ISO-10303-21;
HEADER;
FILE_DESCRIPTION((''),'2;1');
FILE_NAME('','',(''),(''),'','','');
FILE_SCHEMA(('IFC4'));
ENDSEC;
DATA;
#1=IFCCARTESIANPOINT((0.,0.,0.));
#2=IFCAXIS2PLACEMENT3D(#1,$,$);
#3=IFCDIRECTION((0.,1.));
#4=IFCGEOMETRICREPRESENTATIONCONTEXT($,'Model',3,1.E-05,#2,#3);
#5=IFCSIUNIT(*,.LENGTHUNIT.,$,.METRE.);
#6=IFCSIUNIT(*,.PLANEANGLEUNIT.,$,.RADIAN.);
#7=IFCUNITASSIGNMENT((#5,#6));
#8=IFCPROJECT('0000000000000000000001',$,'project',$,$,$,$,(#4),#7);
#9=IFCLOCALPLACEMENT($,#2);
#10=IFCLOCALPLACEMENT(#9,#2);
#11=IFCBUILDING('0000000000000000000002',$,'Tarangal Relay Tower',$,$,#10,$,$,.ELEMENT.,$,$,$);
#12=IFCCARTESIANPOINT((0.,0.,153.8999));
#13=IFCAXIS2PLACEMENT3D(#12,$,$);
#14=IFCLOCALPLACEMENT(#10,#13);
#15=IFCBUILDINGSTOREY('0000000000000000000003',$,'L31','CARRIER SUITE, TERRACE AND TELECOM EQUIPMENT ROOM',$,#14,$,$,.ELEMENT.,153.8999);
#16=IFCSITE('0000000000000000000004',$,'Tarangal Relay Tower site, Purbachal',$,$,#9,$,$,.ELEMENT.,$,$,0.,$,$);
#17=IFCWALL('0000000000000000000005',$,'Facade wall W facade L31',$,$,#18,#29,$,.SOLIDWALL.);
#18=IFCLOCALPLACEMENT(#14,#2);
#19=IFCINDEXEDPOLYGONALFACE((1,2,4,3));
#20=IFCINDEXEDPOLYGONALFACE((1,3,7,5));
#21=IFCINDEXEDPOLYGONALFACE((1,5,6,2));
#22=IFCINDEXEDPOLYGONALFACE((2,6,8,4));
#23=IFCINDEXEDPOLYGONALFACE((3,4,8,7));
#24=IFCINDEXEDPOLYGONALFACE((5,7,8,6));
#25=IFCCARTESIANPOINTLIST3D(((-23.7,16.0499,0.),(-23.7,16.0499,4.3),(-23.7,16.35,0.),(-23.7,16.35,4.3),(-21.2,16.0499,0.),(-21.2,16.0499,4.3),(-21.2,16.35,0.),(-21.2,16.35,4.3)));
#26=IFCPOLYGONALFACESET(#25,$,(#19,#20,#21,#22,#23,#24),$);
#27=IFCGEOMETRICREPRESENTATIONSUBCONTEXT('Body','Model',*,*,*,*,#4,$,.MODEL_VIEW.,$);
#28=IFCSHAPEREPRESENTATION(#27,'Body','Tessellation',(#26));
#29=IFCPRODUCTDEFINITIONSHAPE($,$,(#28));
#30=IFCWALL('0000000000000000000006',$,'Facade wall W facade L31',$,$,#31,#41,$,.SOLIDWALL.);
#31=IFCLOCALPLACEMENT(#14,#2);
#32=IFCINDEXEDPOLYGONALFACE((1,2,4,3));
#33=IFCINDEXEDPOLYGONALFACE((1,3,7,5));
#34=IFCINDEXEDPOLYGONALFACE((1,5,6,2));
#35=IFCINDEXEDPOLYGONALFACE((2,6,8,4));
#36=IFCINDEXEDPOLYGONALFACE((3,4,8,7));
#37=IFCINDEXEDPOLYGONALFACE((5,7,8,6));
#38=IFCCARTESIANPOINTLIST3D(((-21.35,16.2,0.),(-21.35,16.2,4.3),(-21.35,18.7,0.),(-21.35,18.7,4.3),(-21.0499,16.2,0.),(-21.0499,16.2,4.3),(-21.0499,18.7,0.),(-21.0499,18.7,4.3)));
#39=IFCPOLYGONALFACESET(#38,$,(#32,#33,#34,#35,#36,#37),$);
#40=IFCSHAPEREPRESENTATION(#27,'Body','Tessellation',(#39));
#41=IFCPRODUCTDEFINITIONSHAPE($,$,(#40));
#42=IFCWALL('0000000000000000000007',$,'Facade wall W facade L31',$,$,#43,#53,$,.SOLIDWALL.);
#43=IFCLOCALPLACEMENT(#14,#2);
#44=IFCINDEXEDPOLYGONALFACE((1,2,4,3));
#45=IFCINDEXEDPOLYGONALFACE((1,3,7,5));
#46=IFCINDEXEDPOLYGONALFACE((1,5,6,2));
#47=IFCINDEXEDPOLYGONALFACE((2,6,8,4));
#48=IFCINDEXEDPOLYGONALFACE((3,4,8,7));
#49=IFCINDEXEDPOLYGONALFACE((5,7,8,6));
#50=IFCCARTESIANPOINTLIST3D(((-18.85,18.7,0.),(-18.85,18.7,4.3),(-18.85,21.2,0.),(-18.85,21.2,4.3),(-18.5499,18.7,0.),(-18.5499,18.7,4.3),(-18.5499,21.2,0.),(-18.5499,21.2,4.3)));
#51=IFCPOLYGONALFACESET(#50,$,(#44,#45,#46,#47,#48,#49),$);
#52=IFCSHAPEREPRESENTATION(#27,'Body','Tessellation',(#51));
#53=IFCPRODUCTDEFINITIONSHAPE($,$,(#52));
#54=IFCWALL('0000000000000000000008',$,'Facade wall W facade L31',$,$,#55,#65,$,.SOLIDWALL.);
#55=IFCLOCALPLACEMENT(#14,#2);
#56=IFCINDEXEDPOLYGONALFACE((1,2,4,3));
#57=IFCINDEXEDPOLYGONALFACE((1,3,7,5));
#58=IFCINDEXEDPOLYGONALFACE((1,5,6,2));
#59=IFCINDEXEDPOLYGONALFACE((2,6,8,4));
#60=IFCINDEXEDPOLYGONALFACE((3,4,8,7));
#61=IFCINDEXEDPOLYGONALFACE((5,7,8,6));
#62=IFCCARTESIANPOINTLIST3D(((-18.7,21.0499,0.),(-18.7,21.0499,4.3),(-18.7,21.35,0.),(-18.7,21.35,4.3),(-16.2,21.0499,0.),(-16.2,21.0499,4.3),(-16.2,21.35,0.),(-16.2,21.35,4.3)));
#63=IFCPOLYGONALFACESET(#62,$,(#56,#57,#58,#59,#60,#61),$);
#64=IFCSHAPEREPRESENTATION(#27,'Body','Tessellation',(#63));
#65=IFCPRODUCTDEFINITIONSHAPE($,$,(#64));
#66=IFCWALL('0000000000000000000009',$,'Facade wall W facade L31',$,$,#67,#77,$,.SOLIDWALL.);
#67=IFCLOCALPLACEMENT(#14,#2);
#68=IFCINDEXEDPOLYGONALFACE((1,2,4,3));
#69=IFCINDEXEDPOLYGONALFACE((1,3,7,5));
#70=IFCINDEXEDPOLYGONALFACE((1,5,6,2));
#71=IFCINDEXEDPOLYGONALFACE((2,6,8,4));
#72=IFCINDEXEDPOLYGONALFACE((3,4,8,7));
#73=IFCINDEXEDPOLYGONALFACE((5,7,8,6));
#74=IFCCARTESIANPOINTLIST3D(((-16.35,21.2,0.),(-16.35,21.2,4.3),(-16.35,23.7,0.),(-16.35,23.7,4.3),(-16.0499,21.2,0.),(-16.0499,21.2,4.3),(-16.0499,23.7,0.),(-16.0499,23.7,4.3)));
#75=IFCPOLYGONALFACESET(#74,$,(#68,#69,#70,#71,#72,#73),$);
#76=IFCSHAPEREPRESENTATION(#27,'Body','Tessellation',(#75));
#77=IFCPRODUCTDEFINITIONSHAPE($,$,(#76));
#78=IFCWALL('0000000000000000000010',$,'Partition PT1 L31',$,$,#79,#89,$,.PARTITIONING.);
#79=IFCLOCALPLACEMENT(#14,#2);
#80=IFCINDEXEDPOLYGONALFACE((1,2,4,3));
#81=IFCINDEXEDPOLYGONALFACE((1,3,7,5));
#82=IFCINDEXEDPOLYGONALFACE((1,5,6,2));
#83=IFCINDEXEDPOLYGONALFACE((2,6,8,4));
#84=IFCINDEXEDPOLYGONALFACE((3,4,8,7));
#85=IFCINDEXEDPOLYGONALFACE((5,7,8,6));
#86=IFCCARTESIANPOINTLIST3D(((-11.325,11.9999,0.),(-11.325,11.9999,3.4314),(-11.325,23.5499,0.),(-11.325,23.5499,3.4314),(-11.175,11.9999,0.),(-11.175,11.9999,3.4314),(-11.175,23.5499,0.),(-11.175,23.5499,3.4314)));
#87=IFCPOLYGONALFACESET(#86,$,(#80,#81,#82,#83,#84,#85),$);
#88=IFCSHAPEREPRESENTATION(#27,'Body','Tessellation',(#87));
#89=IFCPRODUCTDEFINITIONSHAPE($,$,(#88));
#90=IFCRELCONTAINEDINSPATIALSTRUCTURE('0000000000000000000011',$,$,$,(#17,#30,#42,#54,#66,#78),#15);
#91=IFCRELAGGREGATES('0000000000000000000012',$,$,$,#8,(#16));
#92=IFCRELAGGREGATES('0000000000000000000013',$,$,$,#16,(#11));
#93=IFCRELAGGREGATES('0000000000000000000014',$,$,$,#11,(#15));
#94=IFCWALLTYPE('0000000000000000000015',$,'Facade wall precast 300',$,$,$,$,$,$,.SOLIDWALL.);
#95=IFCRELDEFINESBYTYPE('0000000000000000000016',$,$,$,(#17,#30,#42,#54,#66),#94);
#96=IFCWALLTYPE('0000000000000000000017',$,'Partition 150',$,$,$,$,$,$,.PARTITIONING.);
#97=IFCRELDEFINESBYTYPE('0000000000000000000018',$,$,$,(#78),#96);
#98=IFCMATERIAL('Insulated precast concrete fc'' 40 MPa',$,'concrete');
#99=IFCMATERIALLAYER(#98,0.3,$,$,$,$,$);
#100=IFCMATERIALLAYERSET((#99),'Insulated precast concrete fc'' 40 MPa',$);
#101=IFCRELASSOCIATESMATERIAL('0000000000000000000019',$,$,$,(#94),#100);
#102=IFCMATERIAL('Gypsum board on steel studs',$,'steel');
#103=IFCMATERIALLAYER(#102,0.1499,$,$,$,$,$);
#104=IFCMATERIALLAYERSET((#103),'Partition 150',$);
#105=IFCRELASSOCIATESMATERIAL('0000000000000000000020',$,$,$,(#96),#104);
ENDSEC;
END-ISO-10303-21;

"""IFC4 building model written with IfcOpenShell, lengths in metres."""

from ifc_helpers import new_model, si_unit, direction, frame, frame_2d, origin, place, context, subcontext, project, spatial, rectangle, extrude, material, layer, layer_set, type_object, element, save


model = new_model("IFC4")

# Units and contexts
model_context = context("Model", 3, precision=1e-05, world=origin(), true_north=direction((0.0, 1.0)))
body_context = subcontext(model_context, "Body", "Model", "MODEL_VIEW")
ifc_project = project(units=[si_unit("LENGTHUNIT", "METRE"), si_unit("PLANEANGLEUNIT", "RADIAN")], contexts=[model_context])

# Site, building, storey
site_placement = place(None, origin())
site = spatial("IfcSite", under=ifc_project, at=site_placement, Name="Tarangal Relay Tower site, Purbachal", CompositionType="ELEMENT", RefElevation=0.0)
building_placement = place(site_placement, origin())
building = spatial("IfcBuilding", under=site, at=building_placement, Name="Tarangal Relay Tower", CompositionType="ELEMENT")
storey_placement = place(building_placement, frame((0.0, 0.0, 153.8999)))
storey = spatial("IfcBuildingStorey", under=building, at=storey_placement, Name="L31", Description="CARRIER SUITE, TERRACE AND TELECOM EQUIPMENT ROOM", CompositionType="ELEMENT", Elevation=153.8999)

# Shared definitions
ifc_material_1 = material(Name="Insulated precast concrete fc' 40 MPa", Category="concrete")
ifc_layer_1 = layer(ifc_material_1, 0.3)
ifc_layer_set_1 = layer_set([ifc_layer_1], Name="Insulated precast concrete fc' 40 MPa")
wall_type_1 = type_object("IfcWallType", Name="Facade wall precast 300", PredefinedType="SOLIDWALL", material=ifc_layer_set_1)

# Walls
for number, where, z_axis, x_axis, name in (
    (1, (-23.7, 16.2, 0.0), (0.0, 0.0, 1.0), (1.0, 0.0, 0.0), "Facade wall W facade L31"),
    (2, (-21.2, 16.2, 0.0), (0.0, 0.0, 1.0), (0.0, 1.0, 0.0), "Facade wall W facade L31"),
):
    element("IfcWall", number, at=place(storey_placement, frame(where, z_axis=z_axis, x_axis=x_axis)), inside=storey, type_object=wall_type_1, Name=name, PredefinedType="SOLIDWALL", context=body_context, shape_type="SweptSolid", body=[
        extrude(rectangle(XDim=2.5, YDim=0.3, at=frame_2d((1.25, 0.0))), origin(), (0.0, 0.0, 1.0), 4.3),
    ])

# Walls
for number, where, z_axis, x_axis, name in (
    (3, (-18.7, 18.7, 0.0), (0.0, 0.0, 1.0), (0.0, 1.0, 0.0), "Facade wall W facade L31"),
    (4, (-18.7, 21.2, 0.0), (0.0, 0.0, 1.0), (1.0, 0.0, 0.0), "Facade wall W facade L31"),
    (5, (-16.2, 21.2, 0.0), (0.0, 0.0, 1.0), (0.0, 1.0, 0.0), "Facade wall W facade L31"),
):
    element("IfcWall", number, at=place(storey_placement, frame(where, z_axis=z_axis, x_axis=x_axis)), inside=storey, type_object=wall_type_1, Name=name, PredefinedType="SOLIDWALL", context=body_context, shape_type="SweptSolid", body=[
        extrude(rectangle(XDim=2.5, YDim=0.3, at=frame_2d((1.25, 0.0))), origin(), (0.0, 0.0, 1.0), 4.3),
    ])
ifc_material_2 = material(Name="Gypsum board on steel studs", Category="steel")
ifc_layer_2 = layer(ifc_material_2, 0.1499)
ifc_layer_set_2 = layer_set([ifc_layer_2], Name="Partition 150")
wall_type_2 = type_object("IfcWallType", Name="Partition 150", PredefinedType="PARTITIONING", material=ifc_layer_set_2)
wall_1_placement = place(storey_placement, frame((-11.25, 12.0, 0.0), z_axis=(0.0, 0.0, 1.0), x_axis=(0.0, 1.0, 0.0)))
element("IfcWall", 6, at=wall_1_placement, inside=storey, type_object=wall_type_2, Name="Partition PT1 L31", PredefinedType="PARTITIONING", context=body_context, shape_type="SweptSolid", body=[
    extrude(rectangle(XDim=11.55, YDim=0.1499, at=frame_2d((5.7749, 0.0))), origin(), (0.0, 0.0, 1.0), 3.4314),
])

save(model, "model.ifc")
